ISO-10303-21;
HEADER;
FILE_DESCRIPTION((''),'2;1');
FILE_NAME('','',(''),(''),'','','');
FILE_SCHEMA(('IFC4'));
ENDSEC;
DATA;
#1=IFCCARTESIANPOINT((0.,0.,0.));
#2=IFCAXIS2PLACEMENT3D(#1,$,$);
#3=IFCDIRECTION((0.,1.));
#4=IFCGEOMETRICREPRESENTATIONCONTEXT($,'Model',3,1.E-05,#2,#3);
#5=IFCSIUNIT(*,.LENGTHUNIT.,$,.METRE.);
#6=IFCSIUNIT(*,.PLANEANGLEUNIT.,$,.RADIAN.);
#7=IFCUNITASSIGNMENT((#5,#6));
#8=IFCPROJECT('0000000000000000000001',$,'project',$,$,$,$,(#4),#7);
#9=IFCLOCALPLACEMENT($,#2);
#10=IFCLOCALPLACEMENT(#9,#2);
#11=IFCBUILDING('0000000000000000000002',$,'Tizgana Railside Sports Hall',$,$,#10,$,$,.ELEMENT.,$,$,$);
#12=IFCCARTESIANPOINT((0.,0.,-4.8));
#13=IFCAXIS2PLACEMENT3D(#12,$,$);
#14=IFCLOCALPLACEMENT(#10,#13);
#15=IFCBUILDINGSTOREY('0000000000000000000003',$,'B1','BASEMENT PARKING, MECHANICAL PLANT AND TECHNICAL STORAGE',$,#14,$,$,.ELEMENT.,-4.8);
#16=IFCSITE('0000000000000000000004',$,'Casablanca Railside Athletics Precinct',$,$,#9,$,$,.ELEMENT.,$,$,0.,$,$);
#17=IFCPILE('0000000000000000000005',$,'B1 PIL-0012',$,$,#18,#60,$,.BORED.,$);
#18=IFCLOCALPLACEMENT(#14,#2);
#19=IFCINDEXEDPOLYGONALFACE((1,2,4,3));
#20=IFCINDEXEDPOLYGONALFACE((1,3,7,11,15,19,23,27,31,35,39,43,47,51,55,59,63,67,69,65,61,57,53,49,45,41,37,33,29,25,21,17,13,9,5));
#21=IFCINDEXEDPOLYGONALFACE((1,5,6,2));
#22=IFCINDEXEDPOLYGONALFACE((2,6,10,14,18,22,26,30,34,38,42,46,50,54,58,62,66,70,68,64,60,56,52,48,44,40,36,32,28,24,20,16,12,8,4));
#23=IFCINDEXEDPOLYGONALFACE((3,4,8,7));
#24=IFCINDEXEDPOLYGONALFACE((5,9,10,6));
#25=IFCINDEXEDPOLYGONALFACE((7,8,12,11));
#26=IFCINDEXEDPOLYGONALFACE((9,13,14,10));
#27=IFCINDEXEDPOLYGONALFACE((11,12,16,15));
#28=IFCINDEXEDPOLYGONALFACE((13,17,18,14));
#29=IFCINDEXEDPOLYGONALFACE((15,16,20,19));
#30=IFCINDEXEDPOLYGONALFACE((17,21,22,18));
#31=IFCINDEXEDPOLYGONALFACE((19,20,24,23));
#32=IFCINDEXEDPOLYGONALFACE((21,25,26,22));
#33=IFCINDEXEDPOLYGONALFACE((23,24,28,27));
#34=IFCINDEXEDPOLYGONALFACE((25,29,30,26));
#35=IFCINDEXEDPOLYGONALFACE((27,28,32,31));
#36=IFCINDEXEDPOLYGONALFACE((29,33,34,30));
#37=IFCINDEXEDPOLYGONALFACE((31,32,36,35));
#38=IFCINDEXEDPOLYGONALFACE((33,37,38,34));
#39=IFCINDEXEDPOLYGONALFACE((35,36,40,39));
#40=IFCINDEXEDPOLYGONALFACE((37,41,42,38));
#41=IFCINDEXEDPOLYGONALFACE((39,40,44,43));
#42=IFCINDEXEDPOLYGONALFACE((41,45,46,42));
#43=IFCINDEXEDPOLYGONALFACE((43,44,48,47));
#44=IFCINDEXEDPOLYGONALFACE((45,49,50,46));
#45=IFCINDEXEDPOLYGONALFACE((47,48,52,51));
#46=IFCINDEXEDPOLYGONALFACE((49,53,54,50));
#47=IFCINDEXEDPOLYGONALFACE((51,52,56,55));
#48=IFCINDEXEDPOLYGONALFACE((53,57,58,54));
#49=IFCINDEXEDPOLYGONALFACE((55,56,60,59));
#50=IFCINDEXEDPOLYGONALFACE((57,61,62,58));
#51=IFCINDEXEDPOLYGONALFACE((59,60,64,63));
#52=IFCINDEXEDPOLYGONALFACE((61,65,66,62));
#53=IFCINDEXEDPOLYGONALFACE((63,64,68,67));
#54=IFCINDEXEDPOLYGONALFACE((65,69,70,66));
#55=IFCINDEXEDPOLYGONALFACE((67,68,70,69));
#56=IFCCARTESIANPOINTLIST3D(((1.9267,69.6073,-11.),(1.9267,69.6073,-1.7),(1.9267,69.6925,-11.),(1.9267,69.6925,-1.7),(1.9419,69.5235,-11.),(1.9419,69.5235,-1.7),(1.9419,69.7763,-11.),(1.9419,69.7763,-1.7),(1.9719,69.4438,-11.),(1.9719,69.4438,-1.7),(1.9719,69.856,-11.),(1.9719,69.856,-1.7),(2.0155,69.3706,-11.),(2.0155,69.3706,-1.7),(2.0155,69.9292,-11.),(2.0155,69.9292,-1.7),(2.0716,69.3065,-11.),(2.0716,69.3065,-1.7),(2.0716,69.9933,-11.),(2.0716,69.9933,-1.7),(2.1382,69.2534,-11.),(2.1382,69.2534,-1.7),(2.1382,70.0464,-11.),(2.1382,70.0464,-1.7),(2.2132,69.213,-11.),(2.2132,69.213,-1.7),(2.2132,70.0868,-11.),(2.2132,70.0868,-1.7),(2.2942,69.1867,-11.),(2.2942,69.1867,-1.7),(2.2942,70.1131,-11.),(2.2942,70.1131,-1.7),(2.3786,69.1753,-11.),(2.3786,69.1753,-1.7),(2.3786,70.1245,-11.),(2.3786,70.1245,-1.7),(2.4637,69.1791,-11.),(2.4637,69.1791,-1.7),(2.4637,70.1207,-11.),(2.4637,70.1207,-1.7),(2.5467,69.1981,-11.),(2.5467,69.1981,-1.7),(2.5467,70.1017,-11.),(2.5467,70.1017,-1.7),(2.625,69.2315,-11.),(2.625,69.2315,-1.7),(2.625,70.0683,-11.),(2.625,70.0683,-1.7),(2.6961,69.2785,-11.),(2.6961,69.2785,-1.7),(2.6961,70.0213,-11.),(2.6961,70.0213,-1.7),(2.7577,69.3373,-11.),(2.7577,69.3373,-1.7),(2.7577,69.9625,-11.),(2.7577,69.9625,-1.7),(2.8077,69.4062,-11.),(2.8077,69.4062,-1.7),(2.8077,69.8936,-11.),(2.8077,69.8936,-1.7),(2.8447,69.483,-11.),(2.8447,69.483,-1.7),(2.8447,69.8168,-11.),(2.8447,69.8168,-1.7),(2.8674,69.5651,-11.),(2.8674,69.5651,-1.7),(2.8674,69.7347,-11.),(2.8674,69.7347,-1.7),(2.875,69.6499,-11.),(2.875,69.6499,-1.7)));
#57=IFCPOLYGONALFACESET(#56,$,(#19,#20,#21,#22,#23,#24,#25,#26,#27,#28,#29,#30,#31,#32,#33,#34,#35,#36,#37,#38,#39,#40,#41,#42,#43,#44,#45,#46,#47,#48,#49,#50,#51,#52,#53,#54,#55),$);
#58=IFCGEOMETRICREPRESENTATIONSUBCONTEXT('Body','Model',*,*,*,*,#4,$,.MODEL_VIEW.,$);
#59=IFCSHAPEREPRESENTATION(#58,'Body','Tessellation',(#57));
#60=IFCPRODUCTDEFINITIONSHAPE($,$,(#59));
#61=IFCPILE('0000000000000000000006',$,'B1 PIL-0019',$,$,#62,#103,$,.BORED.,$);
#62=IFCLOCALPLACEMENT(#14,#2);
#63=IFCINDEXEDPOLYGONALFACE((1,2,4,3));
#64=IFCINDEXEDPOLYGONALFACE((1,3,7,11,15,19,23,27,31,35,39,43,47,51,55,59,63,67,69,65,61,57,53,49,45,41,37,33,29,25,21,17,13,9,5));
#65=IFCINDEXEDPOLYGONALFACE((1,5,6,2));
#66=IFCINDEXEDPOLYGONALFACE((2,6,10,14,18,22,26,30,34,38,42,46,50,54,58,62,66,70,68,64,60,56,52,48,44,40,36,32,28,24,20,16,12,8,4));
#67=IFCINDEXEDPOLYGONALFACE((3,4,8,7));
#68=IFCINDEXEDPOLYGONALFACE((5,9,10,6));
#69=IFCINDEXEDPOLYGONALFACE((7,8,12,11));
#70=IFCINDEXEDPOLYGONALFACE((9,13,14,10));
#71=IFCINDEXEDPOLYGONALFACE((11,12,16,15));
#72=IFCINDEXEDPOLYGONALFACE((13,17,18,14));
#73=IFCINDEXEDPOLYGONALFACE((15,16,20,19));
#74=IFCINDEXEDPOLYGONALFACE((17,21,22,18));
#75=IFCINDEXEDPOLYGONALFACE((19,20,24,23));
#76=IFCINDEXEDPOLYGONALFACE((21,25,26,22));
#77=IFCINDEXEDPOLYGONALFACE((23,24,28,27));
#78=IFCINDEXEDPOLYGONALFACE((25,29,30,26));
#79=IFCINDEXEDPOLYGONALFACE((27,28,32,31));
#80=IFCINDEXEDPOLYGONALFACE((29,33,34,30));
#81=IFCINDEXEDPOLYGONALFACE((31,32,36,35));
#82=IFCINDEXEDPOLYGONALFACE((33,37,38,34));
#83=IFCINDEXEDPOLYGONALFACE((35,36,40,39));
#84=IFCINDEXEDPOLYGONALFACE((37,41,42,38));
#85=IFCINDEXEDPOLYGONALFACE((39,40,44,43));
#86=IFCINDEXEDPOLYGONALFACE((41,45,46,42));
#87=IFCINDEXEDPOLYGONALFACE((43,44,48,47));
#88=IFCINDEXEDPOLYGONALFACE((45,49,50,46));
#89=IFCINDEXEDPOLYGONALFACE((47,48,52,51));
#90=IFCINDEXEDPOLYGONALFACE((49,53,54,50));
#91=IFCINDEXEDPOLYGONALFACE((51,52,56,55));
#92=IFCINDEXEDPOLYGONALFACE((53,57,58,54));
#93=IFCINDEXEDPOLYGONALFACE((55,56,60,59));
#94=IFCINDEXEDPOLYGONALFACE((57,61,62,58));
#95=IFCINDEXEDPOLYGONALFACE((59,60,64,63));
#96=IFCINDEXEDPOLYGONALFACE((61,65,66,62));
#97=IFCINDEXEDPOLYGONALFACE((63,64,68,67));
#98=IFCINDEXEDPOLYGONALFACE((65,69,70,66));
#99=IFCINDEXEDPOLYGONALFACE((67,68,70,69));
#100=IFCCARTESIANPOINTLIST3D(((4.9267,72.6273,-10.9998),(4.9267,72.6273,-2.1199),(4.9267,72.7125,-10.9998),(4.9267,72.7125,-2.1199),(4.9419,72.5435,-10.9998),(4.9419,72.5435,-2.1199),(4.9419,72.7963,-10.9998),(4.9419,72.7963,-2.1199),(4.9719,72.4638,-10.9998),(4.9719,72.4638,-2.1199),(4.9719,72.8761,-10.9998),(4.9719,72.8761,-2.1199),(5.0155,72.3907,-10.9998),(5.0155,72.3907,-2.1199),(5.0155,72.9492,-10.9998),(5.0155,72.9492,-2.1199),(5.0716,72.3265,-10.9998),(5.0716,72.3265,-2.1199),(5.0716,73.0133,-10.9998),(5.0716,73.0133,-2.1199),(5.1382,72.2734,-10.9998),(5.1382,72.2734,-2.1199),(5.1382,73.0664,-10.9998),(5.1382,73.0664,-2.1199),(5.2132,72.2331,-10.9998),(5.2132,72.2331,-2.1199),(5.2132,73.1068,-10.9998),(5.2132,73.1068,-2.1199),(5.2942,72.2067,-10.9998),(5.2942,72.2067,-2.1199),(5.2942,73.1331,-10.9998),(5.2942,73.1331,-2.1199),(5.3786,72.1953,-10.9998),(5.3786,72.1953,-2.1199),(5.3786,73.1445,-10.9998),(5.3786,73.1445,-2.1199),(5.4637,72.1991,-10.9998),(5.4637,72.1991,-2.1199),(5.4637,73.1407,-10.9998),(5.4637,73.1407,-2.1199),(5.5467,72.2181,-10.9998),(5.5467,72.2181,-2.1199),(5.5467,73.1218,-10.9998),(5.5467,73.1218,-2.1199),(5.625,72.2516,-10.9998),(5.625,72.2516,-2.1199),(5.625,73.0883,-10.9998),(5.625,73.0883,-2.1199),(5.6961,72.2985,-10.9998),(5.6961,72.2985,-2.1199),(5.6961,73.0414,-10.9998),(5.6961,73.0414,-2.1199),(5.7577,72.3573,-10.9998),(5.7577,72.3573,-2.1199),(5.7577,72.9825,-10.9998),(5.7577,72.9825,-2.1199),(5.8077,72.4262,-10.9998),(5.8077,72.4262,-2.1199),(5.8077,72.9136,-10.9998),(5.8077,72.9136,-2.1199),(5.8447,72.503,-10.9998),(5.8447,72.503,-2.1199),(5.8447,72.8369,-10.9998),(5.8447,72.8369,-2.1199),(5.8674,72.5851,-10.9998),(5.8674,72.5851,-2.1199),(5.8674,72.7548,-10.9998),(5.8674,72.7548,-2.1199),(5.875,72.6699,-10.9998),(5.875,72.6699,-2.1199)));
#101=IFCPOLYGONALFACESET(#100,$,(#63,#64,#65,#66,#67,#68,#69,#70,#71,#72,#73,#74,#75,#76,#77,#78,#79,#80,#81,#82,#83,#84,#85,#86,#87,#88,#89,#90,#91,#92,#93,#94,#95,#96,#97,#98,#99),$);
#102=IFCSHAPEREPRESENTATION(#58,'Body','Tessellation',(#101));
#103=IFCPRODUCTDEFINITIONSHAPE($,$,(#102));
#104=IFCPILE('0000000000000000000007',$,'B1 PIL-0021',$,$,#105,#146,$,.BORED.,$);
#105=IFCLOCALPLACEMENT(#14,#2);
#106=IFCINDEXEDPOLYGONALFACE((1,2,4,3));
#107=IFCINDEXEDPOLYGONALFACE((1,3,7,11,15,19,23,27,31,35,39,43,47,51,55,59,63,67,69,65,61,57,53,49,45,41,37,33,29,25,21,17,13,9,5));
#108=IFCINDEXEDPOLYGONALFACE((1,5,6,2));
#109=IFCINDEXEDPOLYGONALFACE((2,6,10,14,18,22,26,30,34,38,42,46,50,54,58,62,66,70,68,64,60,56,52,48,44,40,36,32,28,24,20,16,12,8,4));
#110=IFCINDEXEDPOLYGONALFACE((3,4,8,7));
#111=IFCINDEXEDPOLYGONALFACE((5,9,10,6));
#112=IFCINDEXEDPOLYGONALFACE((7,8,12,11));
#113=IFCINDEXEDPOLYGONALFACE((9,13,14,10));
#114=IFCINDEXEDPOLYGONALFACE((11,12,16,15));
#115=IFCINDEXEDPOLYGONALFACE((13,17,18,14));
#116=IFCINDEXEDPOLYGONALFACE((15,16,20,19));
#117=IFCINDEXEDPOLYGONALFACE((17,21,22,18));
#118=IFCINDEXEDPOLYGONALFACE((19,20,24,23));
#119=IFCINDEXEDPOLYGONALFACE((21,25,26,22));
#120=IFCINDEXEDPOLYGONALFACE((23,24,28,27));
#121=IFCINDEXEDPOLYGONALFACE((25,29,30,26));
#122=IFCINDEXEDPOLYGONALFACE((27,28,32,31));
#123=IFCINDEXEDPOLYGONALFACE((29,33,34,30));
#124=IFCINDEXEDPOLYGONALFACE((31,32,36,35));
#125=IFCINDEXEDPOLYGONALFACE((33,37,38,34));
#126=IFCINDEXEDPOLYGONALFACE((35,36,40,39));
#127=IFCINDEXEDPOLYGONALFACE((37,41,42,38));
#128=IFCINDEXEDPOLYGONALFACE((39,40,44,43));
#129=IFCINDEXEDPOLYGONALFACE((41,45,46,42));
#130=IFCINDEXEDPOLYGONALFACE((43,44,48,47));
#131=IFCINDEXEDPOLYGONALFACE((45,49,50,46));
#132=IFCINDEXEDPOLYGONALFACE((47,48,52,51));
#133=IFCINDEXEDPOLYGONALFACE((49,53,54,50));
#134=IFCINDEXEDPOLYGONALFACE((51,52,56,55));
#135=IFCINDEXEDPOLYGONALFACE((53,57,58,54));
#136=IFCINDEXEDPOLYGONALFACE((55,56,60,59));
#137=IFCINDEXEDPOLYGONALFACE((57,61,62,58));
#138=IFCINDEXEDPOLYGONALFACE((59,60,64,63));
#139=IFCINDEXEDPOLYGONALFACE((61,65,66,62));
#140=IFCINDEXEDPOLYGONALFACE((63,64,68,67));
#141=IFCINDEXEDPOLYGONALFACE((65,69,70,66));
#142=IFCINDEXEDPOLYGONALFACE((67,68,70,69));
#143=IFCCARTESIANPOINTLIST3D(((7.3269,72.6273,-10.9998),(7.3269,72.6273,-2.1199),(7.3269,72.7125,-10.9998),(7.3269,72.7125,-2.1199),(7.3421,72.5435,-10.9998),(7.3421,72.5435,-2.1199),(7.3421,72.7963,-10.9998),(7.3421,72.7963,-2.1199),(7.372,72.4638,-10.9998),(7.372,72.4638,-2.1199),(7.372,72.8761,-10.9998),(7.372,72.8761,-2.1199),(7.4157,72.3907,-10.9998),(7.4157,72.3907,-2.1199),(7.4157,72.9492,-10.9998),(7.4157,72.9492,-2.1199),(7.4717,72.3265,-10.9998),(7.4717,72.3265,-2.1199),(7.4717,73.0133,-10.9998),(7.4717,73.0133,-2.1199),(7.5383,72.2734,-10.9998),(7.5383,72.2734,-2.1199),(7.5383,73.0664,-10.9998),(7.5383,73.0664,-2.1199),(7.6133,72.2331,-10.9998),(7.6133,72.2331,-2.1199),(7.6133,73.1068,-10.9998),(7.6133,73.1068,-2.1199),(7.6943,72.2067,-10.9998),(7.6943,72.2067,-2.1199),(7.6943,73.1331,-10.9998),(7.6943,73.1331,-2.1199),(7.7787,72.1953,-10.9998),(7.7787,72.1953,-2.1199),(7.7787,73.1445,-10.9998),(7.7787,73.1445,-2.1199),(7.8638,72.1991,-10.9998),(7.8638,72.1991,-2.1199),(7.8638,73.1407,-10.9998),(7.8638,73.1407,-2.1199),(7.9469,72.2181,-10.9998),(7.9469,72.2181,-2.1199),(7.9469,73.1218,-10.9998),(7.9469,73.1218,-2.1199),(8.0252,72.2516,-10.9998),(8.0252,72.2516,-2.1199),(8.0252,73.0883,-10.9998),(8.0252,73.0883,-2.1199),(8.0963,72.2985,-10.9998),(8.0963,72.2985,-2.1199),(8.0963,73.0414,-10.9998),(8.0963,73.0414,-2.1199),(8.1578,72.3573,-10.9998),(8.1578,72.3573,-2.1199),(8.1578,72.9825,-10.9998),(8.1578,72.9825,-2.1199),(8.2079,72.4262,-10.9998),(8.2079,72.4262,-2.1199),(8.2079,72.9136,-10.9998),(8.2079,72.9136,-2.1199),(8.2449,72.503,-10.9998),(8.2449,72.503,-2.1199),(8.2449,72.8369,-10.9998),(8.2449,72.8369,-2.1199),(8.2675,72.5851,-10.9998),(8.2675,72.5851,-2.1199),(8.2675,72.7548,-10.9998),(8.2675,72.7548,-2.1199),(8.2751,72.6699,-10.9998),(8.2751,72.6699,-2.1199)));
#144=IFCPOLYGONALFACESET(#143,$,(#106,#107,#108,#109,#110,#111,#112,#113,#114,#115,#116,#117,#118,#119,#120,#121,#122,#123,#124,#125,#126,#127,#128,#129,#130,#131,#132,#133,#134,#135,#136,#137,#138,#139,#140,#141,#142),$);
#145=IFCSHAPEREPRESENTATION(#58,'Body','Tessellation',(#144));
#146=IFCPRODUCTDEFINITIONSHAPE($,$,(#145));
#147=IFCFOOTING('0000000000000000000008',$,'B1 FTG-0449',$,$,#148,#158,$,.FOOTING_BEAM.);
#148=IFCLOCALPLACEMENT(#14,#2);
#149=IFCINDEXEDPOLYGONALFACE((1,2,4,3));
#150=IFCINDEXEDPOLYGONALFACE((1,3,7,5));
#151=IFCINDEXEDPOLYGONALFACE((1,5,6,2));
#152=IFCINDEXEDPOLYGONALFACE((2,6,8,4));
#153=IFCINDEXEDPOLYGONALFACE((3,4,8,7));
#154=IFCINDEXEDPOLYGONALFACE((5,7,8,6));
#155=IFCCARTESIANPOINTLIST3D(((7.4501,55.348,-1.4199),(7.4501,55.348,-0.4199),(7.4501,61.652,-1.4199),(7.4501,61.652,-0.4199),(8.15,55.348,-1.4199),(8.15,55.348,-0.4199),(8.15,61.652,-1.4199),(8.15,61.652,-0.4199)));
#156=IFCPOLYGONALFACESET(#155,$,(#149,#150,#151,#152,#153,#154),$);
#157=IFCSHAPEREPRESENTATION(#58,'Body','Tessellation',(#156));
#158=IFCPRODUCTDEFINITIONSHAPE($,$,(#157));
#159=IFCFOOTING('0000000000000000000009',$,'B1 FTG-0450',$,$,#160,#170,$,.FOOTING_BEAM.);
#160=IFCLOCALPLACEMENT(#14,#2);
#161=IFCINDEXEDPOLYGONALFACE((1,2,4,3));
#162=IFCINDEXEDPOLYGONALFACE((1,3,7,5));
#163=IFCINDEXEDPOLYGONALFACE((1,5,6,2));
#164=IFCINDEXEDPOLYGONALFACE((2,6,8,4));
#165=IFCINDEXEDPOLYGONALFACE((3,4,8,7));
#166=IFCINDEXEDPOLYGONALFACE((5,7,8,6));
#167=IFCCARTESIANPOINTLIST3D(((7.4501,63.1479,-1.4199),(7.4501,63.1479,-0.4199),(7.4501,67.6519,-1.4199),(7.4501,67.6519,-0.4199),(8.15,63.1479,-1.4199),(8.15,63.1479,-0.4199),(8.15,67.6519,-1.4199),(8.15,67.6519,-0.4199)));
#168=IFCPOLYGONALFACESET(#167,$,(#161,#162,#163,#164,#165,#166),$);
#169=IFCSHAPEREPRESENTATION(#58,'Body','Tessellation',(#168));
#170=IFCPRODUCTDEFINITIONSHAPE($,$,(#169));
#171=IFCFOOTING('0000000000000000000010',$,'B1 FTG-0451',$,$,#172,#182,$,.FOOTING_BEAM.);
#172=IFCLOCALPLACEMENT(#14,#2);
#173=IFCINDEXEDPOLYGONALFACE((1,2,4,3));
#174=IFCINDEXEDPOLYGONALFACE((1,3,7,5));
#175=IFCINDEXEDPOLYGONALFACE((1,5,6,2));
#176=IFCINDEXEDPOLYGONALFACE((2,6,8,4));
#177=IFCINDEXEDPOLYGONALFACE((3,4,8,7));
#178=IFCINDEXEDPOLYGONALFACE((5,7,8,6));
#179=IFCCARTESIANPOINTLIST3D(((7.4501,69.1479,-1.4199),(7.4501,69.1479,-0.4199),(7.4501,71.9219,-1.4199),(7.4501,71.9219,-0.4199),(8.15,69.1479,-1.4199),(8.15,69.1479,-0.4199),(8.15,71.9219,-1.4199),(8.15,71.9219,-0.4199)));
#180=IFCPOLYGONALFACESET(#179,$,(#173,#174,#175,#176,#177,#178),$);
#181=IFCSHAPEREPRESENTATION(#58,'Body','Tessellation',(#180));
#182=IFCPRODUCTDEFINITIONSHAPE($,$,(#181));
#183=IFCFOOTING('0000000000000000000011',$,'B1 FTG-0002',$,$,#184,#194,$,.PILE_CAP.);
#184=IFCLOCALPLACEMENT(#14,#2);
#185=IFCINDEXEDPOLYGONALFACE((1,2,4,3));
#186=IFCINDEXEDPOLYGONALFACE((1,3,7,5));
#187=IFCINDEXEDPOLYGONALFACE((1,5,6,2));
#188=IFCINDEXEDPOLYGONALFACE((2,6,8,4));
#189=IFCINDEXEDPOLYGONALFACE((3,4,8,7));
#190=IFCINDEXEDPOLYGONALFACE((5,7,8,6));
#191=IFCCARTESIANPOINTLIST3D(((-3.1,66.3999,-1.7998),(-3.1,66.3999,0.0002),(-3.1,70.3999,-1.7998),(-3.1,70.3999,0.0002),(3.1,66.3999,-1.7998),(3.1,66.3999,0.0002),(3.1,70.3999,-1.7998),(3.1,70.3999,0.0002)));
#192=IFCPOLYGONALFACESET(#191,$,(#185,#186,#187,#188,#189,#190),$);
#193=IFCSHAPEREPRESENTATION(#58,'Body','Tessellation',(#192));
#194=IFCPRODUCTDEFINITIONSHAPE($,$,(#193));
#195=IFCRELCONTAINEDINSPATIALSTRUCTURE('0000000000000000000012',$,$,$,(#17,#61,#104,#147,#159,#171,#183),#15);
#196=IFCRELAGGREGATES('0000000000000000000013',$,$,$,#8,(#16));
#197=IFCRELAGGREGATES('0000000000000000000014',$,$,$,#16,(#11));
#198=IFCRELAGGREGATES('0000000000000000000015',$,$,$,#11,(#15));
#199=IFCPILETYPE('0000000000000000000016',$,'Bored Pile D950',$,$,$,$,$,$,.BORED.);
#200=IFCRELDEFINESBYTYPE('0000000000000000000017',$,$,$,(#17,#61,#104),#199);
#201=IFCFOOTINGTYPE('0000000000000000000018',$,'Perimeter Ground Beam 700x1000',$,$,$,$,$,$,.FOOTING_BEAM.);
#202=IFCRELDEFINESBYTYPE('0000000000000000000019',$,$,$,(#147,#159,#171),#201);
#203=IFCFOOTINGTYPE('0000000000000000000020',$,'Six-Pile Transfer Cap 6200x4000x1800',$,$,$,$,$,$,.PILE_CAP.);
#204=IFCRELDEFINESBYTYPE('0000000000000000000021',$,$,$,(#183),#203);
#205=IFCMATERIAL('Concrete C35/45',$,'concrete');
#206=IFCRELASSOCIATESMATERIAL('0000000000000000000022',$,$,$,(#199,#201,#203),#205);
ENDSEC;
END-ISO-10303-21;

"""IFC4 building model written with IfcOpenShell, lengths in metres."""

from ifc_helpers import new_model, si_unit, direction, frame, origin, origin_2d, place, context, subcontext, project, spatial, rectangle, circle, extrude, material, material_profile, profile_set, type_object, element, save


model = new_model("IFC4")

# Units and contexts
model_context = context("Model", 3, precision=1e-05, world=origin(), true_north=direction((0.0, 1.0)))
body_context = subcontext(model_context, "Body", "Model", "MODEL_VIEW")
ifc_project = project(units=[si_unit("LENGTHUNIT", "METRE"), si_unit("PLANEANGLEUNIT", "RADIAN")], contexts=[model_context])

# Site, building, storey
site_placement = place(None, origin())
site = spatial("IfcSite", under=ifc_project, at=site_placement, Name="Casablanca Railside Athletics Precinct", CompositionType="ELEMENT", RefElevation=0.0)
building_placement = place(site_placement, origin())
building = spatial("IfcBuilding", under=site, at=building_placement, Name="Tizgana Railside Sports Hall", CompositionType="ELEMENT")
storey_placement = place(building_placement, frame((0.0, 0.0, -4.8)))
storey = spatial("IfcBuildingStorey", under=building, at=storey_placement, Name="B1", Description="BASEMENT PARKING, MECHANICAL PLANT AND TECHNICAL STORAGE", CompositionType="ELEMENT", Elevation=-4.8)

# Piles
ifc_material_1 = material(Name="Concrete C35/45", Category="concrete")
ifc_material_profile_1 = material_profile(ifc_material_1, circle(Radius=0.4751, at=origin_2d()), Name="PILE D950")
ifc_profile_set_1 = profile_set([ifc_material_profile_1], Name="Concrete C35/45")
pile_type_1 = type_object("IfcPileType", Name="Bored Pile D950", PredefinedType="BORED", material=ifc_profile_set_1)
for number, where, z_axis, x_axis, name in (
    (1, (2.3999, 69.6499, -1.7), (0.0, 0.0, -1.0), (1.0, 0.0, 0.0), "B1 PIL-0012"),
):
    element("IfcPile", number, at=place(storey_placement, frame(where, z_axis=z_axis, x_axis=x_axis)), inside=storey, type_object=pile_type_1, Name=name, PredefinedType="BORED", context=body_context, shape_type="SweptSolid", body=[
        extrude(circle(Radius=0.4751, at=origin_2d()), origin(), (0.0, 0.0, 1.0), 9.3),
    ])
for number, where, z_axis, x_axis, name in (
    (2, (5.3999, 72.6699, -2.1199), (0.0, 0.0, -1.0), (1.0, 0.0, 0.0), "B1 PIL-0019"),
    (3, (7.8, 72.6699, -2.1199), (0.0, 0.0, -1.0), (1.0, 0.0, 0.0), "B1 PIL-0021"),
):
    element("IfcPile", number, at=place(storey_placement, frame(where, z_axis=z_axis, x_axis=x_axis)), inside=storey, type_object=pile_type_1, Name=name, PredefinedType="BORED", context=body_context, shape_type="SweptSolid", body=[
        extrude(circle(Radius=0.4751, at=origin_2d()), origin(), (0.0, 0.0, 1.0), 8.8799),
    ])

# Footings
footing_type_1 = type_object("IfcFootingType", Name="Perimeter Ground Beam 700x1000", PredefinedType="FOOTING_BEAM", material=ifc_material_1)
footing_1_placement = place(storey_placement, frame((7.8, 58.5, -1.4199), z_axis=(0.0, 0.0, 1.0), x_axis=(0.0, 1.0, 0.0)))
element("IfcFooting", 4, at=footing_1_placement, inside=storey, type_object=footing_type_1, Name="B1 FTG-0449", PredefinedType="FOOTING_BEAM", context=body_context, shape_type="SweptSolid", body=[
    extrude(rectangle(XDim=6.304, YDim=0.7, at=origin_2d()), origin(), (0.0, 0.0, 1.0), 1.0),
])
footing_2_placement = place(storey_placement, frame((7.8, 65.3999, -1.4199), z_axis=(0.0, 0.0, 1.0), x_axis=(0.0, 1.0, 0.0)))
element("IfcFooting", 5, at=footing_2_placement, inside=storey, type_object=footing_type_1, Name="B1 FTG-0450", PredefinedType="FOOTING_BEAM", context=body_context, shape_type="SweptSolid", body=[
    extrude(rectangle(XDim=4.5039, YDim=0.7, at=origin_2d()), origin(), (0.0, 0.0, 1.0), 1.0),
])
footing_3_placement = place(storey_placement, frame((7.8, 70.5349, -1.4199), z_axis=(0.0, 0.0, 1.0), x_axis=(0.0, 1.0, 0.0)))
element("IfcFooting", 6, at=footing_3_placement, inside=storey, type_object=footing_type_1, Name="B1 FTG-0451", PredefinedType="FOOTING_BEAM", context=body_context, shape_type="SweptSolid", body=[
    extrude(rectangle(XDim=2.7739, YDim=0.7, at=origin_2d()), origin(), (0.0, 0.0, 1.0), 1.0),
])
footing_type_2 = type_object("IfcFootingType", Name="Six-Pile Transfer Cap 6200x4000x1800", PredefinedType="PILE_CAP", material=ifc_material_1)
footing_4_placement = place(storey_placement, frame((0.0, 68.3999, -1.7998), z_axis=(0.0, 0.0, 1.0), x_axis=(1.0, 0.0, 0.0)))
element("IfcFooting", 7, at=footing_4_placement, inside=storey, type_object=footing_type_2, Name="B1 FTG-0002", PredefinedType="PILE_CAP", context=body_context, shape_type="SweptSolid", body=[
    extrude(rectangle(XDim=6.2, YDim=4.0, at=origin_2d()), origin(), (0.0, 0.0, 1.0), 1.8),
])

save(model, "model.ifc")
